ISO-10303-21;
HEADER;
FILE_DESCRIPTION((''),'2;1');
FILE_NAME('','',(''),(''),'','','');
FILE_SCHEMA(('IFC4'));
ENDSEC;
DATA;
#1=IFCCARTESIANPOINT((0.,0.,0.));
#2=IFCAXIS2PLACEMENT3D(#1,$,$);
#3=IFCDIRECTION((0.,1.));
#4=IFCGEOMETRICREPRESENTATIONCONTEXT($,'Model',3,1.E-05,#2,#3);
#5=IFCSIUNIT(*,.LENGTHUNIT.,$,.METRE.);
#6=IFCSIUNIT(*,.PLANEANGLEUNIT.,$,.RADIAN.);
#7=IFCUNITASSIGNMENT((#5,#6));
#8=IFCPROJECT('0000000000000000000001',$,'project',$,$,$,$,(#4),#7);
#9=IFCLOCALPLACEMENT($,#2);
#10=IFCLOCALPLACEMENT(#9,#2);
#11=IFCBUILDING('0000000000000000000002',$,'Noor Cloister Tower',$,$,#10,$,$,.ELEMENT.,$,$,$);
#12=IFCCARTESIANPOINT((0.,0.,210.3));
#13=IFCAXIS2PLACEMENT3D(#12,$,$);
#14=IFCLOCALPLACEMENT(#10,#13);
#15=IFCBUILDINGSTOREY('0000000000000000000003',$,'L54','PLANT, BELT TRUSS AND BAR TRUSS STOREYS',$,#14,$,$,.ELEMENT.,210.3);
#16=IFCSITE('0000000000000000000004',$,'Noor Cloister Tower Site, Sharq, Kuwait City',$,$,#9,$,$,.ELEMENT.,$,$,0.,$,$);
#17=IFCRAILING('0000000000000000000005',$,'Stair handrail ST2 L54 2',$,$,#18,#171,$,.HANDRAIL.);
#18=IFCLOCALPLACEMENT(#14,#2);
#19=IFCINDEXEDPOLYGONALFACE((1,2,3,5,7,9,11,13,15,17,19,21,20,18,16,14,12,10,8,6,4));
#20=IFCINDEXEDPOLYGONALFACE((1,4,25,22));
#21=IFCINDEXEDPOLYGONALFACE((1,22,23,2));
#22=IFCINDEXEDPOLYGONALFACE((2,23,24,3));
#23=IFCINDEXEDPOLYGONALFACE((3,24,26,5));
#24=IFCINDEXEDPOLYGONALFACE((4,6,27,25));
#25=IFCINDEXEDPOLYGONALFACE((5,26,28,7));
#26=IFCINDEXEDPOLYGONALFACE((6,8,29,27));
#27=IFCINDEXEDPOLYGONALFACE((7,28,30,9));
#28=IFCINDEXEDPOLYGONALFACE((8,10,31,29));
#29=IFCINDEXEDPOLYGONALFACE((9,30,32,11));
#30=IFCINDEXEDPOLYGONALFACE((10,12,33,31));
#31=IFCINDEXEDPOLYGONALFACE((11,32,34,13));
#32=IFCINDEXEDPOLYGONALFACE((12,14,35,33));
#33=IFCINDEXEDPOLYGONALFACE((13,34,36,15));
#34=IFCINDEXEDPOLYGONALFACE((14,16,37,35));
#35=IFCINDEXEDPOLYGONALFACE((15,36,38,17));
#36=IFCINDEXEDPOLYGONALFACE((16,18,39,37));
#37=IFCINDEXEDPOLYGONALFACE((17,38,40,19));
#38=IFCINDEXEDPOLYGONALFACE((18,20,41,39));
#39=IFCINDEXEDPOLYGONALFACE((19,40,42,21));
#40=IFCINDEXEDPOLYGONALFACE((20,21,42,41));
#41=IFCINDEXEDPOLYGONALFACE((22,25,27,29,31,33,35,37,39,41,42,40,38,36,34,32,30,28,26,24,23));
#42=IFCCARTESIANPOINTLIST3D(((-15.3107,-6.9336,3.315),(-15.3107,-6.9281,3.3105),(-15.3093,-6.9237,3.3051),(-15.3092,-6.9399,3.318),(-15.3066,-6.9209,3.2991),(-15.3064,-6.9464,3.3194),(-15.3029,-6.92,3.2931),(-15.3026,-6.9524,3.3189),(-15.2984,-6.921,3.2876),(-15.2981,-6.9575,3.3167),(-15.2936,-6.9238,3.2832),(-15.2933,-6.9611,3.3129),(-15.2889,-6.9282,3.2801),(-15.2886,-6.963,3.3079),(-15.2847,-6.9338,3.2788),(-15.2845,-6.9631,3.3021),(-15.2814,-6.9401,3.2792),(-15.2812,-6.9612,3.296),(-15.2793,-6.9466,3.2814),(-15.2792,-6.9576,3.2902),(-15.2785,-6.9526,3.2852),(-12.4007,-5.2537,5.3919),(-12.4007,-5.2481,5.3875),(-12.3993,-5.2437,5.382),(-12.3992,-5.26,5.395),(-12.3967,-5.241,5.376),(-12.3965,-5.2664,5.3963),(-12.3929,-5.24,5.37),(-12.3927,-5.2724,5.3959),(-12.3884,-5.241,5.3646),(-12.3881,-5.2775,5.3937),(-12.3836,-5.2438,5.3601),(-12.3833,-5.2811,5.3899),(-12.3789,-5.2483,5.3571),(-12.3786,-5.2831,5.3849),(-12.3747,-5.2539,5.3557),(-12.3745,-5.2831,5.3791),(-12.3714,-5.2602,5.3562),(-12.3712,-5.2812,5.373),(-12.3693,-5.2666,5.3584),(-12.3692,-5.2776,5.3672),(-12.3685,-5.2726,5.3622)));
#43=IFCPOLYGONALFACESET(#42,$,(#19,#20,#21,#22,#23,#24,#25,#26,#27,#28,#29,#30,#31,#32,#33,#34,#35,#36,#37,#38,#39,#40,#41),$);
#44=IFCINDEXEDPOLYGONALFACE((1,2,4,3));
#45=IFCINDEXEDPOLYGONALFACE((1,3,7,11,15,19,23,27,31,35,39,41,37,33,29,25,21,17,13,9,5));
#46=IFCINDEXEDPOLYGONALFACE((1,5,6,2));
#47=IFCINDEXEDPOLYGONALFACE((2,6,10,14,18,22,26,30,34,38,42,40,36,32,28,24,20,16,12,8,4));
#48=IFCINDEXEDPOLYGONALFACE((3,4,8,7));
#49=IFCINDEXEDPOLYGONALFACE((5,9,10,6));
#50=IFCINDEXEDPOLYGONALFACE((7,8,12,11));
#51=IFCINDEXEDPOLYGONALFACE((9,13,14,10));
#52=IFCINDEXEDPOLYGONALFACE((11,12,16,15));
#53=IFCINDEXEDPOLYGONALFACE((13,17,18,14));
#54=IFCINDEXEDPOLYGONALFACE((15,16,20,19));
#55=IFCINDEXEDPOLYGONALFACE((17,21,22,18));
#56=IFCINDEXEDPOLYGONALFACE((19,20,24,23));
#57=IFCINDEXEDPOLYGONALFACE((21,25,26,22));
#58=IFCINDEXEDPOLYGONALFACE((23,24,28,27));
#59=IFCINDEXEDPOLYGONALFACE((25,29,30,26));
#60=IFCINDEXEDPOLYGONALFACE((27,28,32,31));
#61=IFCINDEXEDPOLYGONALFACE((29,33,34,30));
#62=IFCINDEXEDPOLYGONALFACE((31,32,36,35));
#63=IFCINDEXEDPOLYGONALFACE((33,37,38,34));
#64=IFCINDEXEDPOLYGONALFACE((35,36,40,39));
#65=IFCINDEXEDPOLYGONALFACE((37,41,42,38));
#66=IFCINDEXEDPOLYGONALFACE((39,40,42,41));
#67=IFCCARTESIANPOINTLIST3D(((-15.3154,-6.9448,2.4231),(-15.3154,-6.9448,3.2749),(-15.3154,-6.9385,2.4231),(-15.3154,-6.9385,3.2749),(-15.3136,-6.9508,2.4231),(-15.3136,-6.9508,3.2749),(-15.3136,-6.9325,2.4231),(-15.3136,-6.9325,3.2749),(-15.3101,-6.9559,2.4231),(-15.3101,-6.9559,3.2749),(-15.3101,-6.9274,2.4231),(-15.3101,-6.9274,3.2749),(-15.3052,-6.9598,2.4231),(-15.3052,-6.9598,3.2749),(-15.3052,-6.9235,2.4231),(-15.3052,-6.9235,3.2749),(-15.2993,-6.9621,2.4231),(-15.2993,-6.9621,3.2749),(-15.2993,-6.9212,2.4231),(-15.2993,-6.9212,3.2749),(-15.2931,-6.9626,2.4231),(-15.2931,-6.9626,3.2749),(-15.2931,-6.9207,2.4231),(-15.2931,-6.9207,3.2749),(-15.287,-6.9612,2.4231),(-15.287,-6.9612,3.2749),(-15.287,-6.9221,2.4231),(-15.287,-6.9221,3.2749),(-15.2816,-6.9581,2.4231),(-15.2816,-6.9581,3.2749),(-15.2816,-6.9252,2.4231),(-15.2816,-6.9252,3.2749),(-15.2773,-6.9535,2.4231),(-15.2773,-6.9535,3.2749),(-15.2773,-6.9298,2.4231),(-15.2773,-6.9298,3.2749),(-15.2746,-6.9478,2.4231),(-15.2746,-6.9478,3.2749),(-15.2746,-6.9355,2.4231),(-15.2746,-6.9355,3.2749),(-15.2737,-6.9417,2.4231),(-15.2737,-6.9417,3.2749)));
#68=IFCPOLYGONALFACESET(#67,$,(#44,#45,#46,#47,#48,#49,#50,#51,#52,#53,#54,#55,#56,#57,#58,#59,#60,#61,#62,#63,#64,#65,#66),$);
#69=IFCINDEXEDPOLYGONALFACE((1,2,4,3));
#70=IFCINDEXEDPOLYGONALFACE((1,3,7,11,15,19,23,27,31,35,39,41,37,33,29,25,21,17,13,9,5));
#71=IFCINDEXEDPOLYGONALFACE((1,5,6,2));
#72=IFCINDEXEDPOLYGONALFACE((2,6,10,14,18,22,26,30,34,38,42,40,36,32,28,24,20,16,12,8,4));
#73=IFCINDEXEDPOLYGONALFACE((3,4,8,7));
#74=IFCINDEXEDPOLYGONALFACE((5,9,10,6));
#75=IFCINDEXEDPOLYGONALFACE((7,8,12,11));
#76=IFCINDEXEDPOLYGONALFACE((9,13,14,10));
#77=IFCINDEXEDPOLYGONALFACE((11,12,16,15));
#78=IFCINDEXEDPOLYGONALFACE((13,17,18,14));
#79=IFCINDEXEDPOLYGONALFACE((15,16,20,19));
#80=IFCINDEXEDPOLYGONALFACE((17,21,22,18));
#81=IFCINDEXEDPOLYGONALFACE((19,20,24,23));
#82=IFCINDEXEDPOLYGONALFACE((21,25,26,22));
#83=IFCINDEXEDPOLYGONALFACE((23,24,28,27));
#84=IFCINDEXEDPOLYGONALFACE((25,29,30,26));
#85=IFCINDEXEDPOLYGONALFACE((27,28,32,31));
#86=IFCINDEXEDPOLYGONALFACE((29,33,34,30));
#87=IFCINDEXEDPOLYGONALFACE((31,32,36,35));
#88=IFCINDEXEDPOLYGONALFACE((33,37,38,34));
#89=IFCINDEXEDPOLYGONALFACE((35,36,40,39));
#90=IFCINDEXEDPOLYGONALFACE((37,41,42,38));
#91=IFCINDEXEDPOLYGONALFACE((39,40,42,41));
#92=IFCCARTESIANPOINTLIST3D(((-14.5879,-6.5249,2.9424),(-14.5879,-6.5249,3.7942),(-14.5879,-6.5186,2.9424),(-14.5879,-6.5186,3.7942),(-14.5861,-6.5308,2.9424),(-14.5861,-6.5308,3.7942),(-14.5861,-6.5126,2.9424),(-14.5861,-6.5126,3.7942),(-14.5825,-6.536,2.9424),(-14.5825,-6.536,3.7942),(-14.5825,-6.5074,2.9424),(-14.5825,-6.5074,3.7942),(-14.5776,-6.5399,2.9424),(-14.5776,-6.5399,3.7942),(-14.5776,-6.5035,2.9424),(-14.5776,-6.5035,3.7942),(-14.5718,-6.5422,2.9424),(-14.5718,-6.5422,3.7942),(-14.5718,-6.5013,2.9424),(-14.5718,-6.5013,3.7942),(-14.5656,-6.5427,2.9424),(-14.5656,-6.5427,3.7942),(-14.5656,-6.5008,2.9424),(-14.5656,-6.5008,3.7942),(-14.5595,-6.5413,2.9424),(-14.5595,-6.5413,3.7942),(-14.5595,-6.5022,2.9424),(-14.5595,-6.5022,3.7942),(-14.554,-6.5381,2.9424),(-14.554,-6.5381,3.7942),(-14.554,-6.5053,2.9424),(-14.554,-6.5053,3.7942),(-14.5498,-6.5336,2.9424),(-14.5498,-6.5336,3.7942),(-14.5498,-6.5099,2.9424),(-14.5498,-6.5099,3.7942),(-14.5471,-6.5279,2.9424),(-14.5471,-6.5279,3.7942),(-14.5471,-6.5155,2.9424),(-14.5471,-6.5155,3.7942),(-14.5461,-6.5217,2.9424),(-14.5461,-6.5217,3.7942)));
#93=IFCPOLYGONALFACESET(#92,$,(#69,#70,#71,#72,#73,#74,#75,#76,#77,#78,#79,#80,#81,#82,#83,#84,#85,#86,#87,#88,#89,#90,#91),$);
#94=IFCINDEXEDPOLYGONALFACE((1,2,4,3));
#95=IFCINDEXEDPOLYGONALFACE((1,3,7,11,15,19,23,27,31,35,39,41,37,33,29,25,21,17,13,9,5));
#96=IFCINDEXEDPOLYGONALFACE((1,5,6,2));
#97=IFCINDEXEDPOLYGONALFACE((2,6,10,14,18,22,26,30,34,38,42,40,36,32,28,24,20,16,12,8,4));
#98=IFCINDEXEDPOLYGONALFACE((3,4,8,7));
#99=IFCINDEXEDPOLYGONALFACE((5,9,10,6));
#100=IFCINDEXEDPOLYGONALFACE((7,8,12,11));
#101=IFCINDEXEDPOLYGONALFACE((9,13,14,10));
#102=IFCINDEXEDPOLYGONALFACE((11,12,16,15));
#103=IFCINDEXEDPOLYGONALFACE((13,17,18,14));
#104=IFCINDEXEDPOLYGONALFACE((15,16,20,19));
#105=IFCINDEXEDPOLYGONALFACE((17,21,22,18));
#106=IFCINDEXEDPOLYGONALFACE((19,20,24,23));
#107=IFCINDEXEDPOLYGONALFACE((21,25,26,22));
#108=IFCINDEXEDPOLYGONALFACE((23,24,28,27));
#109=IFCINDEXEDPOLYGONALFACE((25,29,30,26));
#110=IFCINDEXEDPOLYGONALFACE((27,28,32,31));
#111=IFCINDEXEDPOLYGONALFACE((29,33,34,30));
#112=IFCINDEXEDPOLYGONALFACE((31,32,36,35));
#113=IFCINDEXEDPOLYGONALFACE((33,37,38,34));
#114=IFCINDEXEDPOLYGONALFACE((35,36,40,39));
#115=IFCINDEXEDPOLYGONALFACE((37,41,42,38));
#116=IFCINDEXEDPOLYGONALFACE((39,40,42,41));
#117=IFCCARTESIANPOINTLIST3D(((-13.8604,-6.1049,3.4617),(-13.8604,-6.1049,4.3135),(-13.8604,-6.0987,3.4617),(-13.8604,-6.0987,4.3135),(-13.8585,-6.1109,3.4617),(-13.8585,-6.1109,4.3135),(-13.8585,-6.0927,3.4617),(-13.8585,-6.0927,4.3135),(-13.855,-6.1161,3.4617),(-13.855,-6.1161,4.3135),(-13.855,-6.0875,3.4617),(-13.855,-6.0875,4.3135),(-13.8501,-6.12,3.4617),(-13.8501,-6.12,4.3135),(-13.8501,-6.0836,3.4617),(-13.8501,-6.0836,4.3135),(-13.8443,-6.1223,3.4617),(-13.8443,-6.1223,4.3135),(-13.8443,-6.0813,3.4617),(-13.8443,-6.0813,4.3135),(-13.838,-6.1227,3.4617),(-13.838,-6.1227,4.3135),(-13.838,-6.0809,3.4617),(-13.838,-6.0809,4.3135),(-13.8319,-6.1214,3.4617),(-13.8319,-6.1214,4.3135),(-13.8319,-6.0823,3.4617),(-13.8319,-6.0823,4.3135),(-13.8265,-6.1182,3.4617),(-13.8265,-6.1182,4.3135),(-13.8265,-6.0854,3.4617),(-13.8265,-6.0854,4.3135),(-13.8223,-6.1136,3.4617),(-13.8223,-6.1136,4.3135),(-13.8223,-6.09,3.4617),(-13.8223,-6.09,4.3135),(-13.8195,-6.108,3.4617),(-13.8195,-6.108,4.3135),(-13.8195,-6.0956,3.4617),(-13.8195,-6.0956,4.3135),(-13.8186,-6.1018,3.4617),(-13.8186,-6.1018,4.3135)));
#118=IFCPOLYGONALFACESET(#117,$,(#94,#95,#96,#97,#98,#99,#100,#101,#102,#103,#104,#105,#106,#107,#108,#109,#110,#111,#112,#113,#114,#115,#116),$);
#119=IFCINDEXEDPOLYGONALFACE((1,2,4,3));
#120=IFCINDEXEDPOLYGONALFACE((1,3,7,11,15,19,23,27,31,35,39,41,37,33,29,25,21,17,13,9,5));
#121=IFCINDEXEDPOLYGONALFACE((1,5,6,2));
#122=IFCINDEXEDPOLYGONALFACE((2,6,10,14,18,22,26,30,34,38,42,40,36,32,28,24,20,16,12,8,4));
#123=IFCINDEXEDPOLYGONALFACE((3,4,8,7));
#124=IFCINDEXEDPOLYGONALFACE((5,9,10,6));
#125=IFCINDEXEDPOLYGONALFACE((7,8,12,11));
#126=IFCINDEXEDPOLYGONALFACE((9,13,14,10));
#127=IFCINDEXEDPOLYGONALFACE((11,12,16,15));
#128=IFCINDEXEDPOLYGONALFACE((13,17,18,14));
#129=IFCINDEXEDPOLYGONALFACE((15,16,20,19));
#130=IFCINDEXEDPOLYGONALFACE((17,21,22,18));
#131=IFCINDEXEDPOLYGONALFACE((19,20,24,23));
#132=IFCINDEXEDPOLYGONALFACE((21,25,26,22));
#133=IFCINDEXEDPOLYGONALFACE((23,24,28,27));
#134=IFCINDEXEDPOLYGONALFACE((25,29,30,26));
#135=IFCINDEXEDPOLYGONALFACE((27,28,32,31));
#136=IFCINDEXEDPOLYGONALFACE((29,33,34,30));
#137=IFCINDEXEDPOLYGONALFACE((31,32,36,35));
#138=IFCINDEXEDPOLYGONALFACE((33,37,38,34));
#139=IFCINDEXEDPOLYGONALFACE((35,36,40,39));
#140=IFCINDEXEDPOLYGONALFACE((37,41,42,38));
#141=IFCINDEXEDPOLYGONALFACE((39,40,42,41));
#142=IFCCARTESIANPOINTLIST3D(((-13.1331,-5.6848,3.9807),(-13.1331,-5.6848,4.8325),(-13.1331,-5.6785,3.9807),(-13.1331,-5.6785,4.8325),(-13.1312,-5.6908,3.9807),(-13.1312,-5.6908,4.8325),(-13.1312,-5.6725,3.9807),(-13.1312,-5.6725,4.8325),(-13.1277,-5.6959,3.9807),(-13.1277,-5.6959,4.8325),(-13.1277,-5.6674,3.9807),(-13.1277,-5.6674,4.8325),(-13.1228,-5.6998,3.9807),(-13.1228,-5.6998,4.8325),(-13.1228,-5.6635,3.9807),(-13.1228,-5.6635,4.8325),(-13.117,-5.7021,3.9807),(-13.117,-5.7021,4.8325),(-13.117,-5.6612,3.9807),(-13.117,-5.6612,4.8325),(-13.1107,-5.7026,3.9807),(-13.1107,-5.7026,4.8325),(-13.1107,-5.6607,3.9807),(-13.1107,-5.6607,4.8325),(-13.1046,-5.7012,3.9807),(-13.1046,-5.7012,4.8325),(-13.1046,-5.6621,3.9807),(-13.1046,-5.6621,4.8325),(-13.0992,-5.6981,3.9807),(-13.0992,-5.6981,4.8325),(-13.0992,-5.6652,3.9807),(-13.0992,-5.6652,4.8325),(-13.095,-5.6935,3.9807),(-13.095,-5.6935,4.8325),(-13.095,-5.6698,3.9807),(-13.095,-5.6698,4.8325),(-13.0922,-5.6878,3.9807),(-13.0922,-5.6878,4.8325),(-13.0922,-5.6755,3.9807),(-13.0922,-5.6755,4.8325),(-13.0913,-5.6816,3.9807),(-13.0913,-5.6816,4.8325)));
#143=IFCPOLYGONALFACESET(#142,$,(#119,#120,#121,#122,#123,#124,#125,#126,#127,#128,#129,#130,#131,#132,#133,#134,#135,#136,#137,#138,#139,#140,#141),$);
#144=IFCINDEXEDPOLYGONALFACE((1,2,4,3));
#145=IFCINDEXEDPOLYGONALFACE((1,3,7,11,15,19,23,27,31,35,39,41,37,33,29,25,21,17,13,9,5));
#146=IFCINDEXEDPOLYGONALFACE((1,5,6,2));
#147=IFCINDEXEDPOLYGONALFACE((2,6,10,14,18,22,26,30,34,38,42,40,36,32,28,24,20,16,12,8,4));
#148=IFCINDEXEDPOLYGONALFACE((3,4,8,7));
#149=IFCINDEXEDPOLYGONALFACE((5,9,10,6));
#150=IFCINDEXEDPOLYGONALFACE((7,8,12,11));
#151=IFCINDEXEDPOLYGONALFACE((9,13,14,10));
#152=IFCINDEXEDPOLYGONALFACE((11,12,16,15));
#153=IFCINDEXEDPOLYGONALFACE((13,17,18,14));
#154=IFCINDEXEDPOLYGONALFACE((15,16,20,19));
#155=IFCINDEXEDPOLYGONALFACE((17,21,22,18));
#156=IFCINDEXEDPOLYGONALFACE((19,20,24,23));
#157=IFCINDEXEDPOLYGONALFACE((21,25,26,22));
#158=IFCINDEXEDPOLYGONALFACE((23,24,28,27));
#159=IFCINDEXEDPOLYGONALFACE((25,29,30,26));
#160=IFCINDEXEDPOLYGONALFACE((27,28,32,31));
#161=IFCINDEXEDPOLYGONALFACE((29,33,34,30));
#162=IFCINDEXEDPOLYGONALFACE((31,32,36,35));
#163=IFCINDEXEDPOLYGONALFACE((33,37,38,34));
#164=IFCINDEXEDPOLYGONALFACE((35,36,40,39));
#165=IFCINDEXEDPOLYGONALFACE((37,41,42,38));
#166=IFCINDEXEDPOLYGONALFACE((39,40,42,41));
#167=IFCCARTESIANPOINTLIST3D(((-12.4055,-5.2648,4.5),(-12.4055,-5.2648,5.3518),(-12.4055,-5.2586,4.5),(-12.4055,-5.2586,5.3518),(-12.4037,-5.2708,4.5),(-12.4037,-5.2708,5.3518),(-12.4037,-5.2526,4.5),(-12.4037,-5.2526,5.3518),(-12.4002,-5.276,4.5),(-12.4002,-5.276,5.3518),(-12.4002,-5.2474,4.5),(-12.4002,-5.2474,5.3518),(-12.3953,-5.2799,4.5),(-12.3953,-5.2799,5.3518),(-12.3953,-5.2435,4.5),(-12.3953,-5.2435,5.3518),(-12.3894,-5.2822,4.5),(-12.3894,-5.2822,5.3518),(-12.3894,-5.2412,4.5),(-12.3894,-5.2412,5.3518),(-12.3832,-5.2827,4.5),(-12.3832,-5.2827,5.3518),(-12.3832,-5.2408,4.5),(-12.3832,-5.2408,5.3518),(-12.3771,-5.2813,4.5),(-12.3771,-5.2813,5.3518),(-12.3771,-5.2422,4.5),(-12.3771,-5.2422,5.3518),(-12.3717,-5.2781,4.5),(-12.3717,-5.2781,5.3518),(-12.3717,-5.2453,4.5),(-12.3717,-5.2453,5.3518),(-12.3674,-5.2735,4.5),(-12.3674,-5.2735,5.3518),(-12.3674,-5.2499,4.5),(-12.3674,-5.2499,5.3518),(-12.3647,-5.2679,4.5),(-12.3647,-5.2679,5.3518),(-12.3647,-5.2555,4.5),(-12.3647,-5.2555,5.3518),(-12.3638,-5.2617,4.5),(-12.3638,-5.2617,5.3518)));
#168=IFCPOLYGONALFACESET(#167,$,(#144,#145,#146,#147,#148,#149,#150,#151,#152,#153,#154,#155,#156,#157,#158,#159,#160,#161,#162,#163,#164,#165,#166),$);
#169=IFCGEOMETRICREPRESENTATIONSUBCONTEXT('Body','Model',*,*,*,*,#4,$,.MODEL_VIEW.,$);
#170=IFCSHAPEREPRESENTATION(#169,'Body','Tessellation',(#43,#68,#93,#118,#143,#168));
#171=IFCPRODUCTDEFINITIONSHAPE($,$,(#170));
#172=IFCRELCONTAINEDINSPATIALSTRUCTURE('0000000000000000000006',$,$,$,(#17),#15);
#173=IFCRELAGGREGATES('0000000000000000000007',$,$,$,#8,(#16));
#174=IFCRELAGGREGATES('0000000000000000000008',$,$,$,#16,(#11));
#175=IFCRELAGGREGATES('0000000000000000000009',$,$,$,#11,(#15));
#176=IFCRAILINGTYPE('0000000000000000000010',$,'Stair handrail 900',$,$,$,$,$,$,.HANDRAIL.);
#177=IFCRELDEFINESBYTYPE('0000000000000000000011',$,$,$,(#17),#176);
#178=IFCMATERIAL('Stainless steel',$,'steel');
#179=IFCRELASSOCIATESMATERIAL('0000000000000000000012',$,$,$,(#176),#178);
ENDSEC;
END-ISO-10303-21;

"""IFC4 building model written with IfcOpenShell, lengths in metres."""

from ifc_helpers import new_model, si_unit, direction, frame, origin, origin_2d, place, context, subcontext, project, spatial, circle, extrude, material, type_object, element, save


model = new_model("IFC4")

# Units and contexts
model_context = context("Model", 3, precision=1e-05, world=origin(), true_north=direction((0.0, 1.0)))
body_context = subcontext(model_context, "Body", "Model", "MODEL_VIEW")
ifc_project = project(units=[si_unit("LENGTHUNIT", "METRE"), si_unit("PLANEANGLEUNIT", "RADIAN")], contexts=[model_context])

# Site, building, storey
site_placement = place(None, origin())
site = spatial("IfcSite", under=ifc_project, at=site_placement, Name="Noor Cloister Tower Site, Sharq, Kuwait City", CompositionType="ELEMENT", RefElevation=0.0)
building_placement = place(site_placement, origin())
building = spatial("IfcBuilding", under=site, at=building_placement, Name="Noor Cloister Tower", CompositionType="ELEMENT")
storey_placement = place(building_placement, frame((0.0, 0.0, 210.3)))
storey = spatial("IfcBuildingStorey", under=building, at=storey_placement, Name="L54", Description="PLANT, BELT TRUSS AND BAR TRUSS STOREYS", CompositionType="ELEMENT", Elevation=210.3)

# Railing
ifc_material_1 = material(Name="Stainless steel", Category="steel")
railing_type = type_object("IfcRailingType", Name="Stair handrail 900", PredefinedType="HANDRAIL", material=ifc_material_1)
railing_placement = place(storey_placement, frame((-15.2947, -6.9417, 2.4231)))
element("IfcRailing", 1, at=railing_placement, inside=storey, type_object=railing_type, Name="Stair handrail ST2 L54 2", PredefinedType="HANDRAIL", context=body_context, shape_type="SweptSolid", body=[
    extrude(circle(Radius=0.0239, at=origin_2d()), frame((0.0, 0.0, 0.876), z_axis=(0.736668, 0.425288, 0.525785), x_axis=(-0.499976, 0.866039, 0.0)), (0.0, 0.0, 1.0), 3.9502),
    extrude(circle(Radius=0.021, at=origin_2d()), origin(), (0.0, 0.0, 1.0), 0.8518),
    extrude(circle(Radius=0.021, at=origin_2d()), frame((0.7275, 0.4199, 0.5193)), (0.0, 0.0, 1.0), 0.8518),
    extrude(circle(Radius=0.021, at=origin_2d()), frame((1.4551, 0.8398, 1.0386)), (0.0, 0.0, 1.0), 0.8518),
    extrude(circle(Radius=0.021, at=origin_2d()), frame((2.1824, 1.26, 1.5576)), (0.0, 0.0, 1.0), 0.8518),
    extrude(circle(Radius=0.021, at=origin_2d()), frame((2.9099, 1.6799, 2.0769)), (0.0, 0.0, 1.0), 0.8518),
])

save(model, "model.ifc")
